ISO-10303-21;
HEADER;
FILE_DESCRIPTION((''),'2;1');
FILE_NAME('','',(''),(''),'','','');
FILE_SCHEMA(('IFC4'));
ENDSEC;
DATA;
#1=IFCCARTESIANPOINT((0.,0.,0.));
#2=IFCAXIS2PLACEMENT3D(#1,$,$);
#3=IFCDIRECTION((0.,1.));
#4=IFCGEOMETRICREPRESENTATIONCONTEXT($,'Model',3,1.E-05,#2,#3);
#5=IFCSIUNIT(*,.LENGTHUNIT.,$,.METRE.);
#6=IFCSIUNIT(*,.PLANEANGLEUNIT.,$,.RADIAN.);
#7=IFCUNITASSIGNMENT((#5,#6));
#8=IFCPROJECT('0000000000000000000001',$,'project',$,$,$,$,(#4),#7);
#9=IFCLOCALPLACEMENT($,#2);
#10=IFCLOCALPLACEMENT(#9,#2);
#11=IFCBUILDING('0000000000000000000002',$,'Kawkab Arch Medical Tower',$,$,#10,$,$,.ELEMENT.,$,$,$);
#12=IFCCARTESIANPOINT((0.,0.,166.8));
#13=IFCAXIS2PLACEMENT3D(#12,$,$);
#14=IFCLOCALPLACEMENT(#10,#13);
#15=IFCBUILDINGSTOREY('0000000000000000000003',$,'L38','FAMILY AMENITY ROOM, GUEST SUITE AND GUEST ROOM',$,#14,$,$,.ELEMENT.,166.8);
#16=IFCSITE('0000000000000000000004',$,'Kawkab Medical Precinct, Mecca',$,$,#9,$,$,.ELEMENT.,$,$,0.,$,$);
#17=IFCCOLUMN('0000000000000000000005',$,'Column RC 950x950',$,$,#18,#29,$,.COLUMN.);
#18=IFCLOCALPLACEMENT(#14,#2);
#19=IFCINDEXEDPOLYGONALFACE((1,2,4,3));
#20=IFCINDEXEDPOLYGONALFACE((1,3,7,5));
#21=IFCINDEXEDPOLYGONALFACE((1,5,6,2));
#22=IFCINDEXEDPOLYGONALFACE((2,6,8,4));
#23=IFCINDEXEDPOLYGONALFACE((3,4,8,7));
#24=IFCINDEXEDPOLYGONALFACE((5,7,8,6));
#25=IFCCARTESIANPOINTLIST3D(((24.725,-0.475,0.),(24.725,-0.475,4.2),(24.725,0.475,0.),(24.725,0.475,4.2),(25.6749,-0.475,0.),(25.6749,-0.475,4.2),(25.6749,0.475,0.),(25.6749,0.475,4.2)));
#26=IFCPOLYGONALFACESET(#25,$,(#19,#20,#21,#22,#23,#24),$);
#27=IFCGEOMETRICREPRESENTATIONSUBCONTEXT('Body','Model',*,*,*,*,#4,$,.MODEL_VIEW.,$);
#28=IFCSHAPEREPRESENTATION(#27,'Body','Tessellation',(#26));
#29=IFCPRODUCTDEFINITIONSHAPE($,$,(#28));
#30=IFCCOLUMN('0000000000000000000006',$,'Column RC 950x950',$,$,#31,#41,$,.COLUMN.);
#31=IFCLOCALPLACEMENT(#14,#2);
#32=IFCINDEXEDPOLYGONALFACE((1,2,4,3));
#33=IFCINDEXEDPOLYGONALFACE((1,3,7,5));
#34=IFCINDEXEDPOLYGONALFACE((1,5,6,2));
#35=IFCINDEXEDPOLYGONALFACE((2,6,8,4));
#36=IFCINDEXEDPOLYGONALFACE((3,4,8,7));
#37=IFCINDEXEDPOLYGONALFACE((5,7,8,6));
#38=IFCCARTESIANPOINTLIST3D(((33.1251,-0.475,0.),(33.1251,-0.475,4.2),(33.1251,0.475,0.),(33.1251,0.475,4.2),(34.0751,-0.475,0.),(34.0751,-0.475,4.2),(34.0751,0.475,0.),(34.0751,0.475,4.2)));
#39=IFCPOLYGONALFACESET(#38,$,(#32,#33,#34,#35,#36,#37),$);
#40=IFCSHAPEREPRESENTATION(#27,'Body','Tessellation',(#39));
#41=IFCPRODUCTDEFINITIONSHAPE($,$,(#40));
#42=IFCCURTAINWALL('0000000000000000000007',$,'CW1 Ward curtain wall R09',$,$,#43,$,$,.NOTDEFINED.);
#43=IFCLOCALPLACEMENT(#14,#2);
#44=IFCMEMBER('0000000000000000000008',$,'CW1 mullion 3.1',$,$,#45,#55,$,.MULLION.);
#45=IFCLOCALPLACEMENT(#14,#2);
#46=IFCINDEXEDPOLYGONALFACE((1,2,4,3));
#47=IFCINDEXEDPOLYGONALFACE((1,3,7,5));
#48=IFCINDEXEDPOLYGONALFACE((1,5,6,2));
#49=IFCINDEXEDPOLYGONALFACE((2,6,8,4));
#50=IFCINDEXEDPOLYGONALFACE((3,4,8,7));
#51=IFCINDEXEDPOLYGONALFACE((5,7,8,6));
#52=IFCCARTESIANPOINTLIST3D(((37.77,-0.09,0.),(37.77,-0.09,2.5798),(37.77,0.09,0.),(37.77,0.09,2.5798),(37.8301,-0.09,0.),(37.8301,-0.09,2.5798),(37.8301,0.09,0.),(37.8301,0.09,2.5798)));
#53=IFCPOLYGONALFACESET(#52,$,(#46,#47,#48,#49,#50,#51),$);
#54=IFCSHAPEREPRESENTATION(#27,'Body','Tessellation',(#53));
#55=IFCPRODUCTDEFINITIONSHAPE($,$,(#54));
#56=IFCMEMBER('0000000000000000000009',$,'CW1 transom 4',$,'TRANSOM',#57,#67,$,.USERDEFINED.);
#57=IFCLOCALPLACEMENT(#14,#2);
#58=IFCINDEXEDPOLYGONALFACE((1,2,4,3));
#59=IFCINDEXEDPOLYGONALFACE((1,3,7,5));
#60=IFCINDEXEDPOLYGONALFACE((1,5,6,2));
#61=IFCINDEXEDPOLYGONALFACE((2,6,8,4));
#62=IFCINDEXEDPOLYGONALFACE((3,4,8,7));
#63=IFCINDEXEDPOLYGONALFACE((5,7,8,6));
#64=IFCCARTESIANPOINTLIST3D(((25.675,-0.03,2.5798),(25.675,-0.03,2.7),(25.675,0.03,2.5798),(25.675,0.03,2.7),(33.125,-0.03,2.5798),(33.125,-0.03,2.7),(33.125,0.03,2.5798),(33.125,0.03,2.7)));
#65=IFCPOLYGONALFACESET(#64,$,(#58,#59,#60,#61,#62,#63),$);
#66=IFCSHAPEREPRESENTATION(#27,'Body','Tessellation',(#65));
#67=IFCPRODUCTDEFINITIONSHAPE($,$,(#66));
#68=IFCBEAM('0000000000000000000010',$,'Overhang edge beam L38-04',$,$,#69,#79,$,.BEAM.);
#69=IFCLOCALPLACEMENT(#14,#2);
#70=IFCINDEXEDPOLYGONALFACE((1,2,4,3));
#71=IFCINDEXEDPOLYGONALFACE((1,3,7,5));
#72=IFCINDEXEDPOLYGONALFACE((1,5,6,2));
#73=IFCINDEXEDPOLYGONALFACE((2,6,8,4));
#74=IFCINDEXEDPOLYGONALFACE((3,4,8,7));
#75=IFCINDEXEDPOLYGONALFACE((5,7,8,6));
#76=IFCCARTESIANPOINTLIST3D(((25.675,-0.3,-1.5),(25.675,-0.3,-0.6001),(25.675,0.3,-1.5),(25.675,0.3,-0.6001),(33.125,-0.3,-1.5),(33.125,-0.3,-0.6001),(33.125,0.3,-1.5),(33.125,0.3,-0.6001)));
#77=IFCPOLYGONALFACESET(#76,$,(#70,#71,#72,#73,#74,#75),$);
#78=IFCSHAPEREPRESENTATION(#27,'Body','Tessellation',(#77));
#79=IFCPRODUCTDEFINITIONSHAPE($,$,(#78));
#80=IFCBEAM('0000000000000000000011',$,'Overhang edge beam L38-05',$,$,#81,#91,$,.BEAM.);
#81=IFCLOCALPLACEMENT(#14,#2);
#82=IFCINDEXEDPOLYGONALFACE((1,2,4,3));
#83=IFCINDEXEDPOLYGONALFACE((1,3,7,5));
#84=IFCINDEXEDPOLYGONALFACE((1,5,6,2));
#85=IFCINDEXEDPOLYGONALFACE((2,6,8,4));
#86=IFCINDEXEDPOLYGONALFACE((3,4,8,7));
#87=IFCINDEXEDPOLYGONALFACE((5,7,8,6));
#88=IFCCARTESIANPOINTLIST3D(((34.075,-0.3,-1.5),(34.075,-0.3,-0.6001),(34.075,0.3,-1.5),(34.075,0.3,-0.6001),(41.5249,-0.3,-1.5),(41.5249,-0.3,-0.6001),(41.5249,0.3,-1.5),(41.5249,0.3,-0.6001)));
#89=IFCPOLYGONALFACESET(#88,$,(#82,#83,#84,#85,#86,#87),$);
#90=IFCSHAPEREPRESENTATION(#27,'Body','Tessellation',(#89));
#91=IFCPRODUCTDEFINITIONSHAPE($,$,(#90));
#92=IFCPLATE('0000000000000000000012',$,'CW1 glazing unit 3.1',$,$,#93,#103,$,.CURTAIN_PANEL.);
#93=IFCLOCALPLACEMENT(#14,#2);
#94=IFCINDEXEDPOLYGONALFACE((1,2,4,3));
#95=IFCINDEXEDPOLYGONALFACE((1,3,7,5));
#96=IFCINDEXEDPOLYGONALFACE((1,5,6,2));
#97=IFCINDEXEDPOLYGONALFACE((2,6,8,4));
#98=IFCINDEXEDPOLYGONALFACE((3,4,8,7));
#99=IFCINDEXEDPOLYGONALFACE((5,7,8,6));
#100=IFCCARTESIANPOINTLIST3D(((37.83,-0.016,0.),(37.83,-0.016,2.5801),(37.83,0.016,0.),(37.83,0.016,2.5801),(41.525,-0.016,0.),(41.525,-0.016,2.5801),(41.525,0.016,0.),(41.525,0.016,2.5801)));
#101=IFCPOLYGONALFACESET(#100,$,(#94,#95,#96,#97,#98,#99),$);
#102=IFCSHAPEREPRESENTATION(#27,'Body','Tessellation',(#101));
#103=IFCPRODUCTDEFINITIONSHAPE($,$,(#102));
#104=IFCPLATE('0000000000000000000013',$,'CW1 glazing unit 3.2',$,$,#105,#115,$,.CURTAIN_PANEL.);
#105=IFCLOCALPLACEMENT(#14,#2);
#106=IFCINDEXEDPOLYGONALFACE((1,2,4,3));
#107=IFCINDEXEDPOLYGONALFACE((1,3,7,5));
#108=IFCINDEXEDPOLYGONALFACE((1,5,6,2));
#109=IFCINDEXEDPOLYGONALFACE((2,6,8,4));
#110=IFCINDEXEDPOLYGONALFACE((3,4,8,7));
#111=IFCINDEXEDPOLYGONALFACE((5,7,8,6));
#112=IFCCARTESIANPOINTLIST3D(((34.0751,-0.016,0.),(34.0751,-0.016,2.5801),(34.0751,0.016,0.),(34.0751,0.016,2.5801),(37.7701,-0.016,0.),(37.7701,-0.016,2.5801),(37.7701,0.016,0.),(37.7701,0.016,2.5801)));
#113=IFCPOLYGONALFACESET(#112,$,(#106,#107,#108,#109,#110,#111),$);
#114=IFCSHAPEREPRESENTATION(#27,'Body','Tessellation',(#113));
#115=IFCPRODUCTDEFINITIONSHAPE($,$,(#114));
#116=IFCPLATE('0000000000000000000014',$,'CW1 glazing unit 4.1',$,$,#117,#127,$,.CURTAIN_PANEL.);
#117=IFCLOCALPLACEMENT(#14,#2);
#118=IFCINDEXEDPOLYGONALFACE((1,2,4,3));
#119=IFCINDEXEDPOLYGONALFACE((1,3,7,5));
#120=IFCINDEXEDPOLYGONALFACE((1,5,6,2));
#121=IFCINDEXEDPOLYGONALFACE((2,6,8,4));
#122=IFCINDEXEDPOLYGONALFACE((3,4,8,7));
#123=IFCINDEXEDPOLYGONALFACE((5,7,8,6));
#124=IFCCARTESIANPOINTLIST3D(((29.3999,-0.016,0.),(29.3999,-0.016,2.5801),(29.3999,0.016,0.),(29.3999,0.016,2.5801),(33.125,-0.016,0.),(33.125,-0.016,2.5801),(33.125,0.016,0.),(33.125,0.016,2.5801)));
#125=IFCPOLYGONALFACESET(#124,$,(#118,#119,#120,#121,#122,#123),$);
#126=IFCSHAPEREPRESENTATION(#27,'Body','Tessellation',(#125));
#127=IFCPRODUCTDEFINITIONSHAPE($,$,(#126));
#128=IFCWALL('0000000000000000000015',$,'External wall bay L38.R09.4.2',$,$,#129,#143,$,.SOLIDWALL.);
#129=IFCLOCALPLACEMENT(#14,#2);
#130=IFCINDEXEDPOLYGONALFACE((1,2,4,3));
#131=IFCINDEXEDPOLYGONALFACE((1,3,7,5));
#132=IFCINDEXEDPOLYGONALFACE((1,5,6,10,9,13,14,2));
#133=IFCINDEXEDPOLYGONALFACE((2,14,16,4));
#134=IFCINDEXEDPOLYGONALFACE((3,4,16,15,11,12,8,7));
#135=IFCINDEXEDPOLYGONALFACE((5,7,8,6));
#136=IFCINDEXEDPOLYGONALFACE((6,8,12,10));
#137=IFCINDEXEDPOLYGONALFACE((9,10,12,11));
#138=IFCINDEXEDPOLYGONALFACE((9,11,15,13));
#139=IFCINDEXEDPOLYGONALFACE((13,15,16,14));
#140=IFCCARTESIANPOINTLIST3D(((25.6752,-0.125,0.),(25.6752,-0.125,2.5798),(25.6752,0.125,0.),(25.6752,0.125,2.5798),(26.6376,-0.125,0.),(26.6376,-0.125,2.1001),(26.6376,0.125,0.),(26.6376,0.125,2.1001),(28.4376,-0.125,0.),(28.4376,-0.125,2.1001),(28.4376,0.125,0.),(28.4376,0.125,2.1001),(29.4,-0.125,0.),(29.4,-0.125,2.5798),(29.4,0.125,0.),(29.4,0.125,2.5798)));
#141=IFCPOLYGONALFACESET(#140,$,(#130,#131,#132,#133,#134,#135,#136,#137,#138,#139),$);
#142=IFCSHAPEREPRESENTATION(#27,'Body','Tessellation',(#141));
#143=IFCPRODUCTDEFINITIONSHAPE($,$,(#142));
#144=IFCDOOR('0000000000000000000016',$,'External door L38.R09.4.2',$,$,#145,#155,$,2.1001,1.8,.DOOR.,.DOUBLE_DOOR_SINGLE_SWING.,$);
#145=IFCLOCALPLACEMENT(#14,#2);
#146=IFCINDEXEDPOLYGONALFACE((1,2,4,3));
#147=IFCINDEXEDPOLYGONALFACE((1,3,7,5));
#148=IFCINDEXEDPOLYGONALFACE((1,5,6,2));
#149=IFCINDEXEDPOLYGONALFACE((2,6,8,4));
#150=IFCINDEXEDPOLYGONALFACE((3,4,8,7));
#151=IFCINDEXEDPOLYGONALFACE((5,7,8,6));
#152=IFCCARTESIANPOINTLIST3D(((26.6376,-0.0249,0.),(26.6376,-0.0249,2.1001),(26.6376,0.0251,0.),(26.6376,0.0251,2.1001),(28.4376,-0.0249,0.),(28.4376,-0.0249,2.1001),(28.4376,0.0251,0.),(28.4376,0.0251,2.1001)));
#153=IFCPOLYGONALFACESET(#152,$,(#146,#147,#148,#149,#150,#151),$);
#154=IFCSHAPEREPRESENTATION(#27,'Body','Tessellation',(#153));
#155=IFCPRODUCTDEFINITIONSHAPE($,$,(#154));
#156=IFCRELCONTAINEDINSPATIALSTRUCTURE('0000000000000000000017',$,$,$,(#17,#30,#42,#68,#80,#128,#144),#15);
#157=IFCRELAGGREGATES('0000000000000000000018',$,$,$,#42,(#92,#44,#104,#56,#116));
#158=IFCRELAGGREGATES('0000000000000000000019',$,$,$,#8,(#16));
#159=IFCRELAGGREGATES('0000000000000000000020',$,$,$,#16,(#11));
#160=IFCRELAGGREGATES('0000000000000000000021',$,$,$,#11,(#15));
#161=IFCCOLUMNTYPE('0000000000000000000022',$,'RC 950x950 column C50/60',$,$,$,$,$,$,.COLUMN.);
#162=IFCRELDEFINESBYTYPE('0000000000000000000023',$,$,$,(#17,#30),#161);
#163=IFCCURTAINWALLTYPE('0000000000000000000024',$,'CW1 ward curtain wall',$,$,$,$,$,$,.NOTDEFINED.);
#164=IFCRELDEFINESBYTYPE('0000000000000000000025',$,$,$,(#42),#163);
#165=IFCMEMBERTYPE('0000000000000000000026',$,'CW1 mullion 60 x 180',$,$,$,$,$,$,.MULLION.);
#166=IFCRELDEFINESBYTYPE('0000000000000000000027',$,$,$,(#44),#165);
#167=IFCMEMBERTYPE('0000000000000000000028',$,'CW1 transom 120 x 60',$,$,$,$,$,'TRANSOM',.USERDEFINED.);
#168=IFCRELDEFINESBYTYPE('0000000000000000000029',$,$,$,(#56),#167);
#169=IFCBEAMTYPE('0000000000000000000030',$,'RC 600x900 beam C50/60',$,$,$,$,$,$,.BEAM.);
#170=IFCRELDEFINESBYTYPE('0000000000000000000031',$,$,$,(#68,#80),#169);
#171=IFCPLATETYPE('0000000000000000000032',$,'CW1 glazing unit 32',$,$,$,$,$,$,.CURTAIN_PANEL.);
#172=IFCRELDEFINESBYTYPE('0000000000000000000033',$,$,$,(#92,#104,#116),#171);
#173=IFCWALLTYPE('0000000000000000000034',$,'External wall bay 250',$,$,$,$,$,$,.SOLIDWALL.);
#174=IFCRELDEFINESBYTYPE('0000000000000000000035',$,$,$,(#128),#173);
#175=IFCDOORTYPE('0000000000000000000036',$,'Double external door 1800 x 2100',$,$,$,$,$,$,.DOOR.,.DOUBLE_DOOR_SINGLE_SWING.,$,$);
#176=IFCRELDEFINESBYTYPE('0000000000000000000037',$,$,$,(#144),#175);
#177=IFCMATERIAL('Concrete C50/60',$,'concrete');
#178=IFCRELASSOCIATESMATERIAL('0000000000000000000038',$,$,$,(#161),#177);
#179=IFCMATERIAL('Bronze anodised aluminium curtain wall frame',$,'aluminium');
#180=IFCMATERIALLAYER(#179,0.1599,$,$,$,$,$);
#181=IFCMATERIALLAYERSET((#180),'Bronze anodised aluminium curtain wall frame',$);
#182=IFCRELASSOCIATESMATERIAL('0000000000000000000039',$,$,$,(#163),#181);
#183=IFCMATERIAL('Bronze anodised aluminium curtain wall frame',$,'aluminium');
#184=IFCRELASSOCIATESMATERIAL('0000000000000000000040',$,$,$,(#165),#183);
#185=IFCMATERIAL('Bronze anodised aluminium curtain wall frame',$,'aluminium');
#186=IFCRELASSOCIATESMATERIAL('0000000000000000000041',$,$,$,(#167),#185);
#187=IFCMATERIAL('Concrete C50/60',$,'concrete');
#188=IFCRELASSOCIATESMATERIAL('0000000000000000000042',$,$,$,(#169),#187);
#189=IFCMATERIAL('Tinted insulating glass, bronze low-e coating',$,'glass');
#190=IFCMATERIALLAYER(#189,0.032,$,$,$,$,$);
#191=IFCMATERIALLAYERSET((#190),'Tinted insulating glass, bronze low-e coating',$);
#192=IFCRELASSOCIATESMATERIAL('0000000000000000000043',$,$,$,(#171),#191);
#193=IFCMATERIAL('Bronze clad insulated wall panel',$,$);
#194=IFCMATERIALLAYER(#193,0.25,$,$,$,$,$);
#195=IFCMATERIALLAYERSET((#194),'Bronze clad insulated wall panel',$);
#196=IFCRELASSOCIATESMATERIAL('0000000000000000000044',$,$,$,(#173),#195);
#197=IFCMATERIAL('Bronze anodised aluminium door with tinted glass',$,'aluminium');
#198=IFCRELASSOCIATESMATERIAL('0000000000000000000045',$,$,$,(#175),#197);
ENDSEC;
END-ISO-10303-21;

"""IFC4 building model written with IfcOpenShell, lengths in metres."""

from ifc_helpers import new_model, si_unit, direction, frame, frame_2d, origin, origin_2d, place, context, subcontext, project, spatial, rectangle, extrude, material, layer, layer_set, material_profile, profile_set, type_object, element, fill, aggregate, save


model = new_model("IFC4")

# Units and contexts
model_context = context("Model", 3, precision=1e-05, world=origin(), true_north=direction((0.0, 1.0)))
body_context = subcontext(model_context, "Body", "Model", "MODEL_VIEW")
ifc_project = project(units=[si_unit("LENGTHUNIT", "METRE"), si_unit("PLANEANGLEUNIT", "RADIAN")], contexts=[model_context])

# Site, building, storey
site_placement = place(None, origin())
site = spatial("IfcSite", under=ifc_project, at=site_placement, Name="Kawkab Medical Precinct, Mecca", CompositionType="ELEMENT", RefElevation=0.0)
building_placement = place(site_placement, origin())
building = spatial("IfcBuilding", under=site, at=building_placement, Name="Kawkab Arch Medical Tower", CompositionType="ELEMENT")
storey_placement = place(building_placement, frame((0.0, 0.0, 166.8)))
storey = spatial("IfcBuildingStorey", under=building, at=storey_placement, Name="L38", Description="FAMILY AMENITY ROOM, GUEST SUITE AND GUEST ROOM", CompositionType="ELEMENT", Elevation=166.8)

# Columns
ifc_material_1 = material(Name="Concrete C50/60", Category="concrete")
ifc_material_profile_1 = material_profile(ifc_material_1, rectangle(XDim=0.95, YDim=0.95, at=origin_2d()), Name="RC 950x950")
ifc_profile_set_1 = profile_set([ifc_material_profile_1], Name="Concrete C50/60")
column_type = type_object("IfcColumnType", Name="RC 950x950 column C50/60", PredefinedType="COLUMN", material=ifc_profile_set_1)
for number, where, z_axis, x_axis, name in (
    (1, (25.2, 0.0, 0.0), (0.0, 0.0, 1.0), (1.0, 0.0, 0.0), "Column RC 950x950"),
    (2, (33.6001, 0.0, 0.0), (0.0, 0.0, 1.0), (1.0, 0.0, 0.0), "Column RC 950x950"),
):
    element("IfcColumn", number, at=place(storey_placement, frame(where, z_axis=z_axis, x_axis=x_axis)), inside=storey, type_object=column_type, Name=name, PredefinedType="COLUMN", context=body_context, shape_type="SweptSolid", body=[
        extrude(rectangle(XDim=0.95, YDim=0.95, at=origin_2d()), origin(), (0.0, 0.0, 1.0), 4.2),
    ])

# Curtain wall, members
ifc_material_2 = material(Name="Bronze anodised aluminium curtain wall frame", Category="aluminium")
ifc_layer_1 = layer(ifc_material_2, 0.1599)
ifc_layer_set_1 = layer_set([ifc_layer_1], Name="Bronze anodised aluminium curtain wall frame")
curtain_wall_type = type_object("IfcCurtainWallType", Name="CW1 ward curtain wall", PredefinedType="NOTDEFINED", material=ifc_layer_set_1)
curtain_wall_placement = place(storey_placement, origin())
curtain_wall = element("IfcCurtainWall", 3, at=curtain_wall_placement, inside=storey, type_object=curtain_wall_type, Name="CW1 Ward curtain wall R09", PredefinedType="NOTDEFINED")
ifc_material_3 = material(Name="Bronze anodised aluminium curtain wall frame", Category="aluminium")
ifc_material_profile_2 = material_profile(ifc_material_3, rectangle(XDim=0.1799, YDim=0.0601, at=origin_2d()), Name="AL 60x180")
ifc_profile_set_2 = profile_set([ifc_material_profile_2], Name="Bronze anodised aluminium curtain wall frame")
member_type_1 = type_object("IfcMemberType", Name="CW1 mullion 60 x 180", PredefinedType="MULLION", material=ifc_profile_set_2)
member_1_placement = place(storey_placement, frame((37.8, 0.0, 0.0), z_axis=(0.0, 0.0, 1.0), x_axis=(0.0, -1.0, 0.0)))
member_1 = element("IfcMember", 4, at=member_1_placement, type_object=member_type_1, Name="CW1 mullion 3.1", PredefinedType="MULLION", context=body_context, shape_type="SweptSolid", body=[
    extrude(rectangle(XDim=0.1799, YDim=0.0601, at=origin_2d()), origin(), (0.0, 0.0, 1.0), 2.5798),
])
ifc_material_4 = material(Name="Bronze anodised aluminium curtain wall frame", Category="aluminium")
ifc_material_profile_3 = material_profile(ifc_material_4, rectangle(XDim=0.0601, YDim=0.1201, at=origin_2d()), Name="AL 60x120")
ifc_profile_set_3 = profile_set([ifc_material_profile_3], Name="Bronze anodised aluminium curtain wall frame")
member_type_2 = type_object("IfcMemberType", Name="CW1 transom 120 x 60", ElementType="TRANSOM", PredefinedType="USERDEFINED", material=ifc_profile_set_3)
member_2_placement = place(storey_placement, frame((33.125, 0.0, 2.6399), z_axis=(-1.0, 0.0, 0.0), x_axis=(0.0, -1.0, 0.0)))
member_2 = element("IfcMember", 5, at=member_2_placement, type_object=member_type_2, Name="CW1 transom 4", ObjectType="TRANSOM", PredefinedType="USERDEFINED", context=body_context, shape_type="SweptSolid", body=[
    extrude(rectangle(XDim=0.0601, YDim=0.1201, at=origin_2d()), origin(), (0.0, 0.0, 1.0), 7.45),
])

# Beams
ifc_material_5 = material(Name="Concrete C50/60", Category="concrete")
ifc_material_profile_4 = material_profile(ifc_material_5, rectangle(XDim=0.6001, YDim=0.8999, at=origin_2d()), Name="RC 600x900")
ifc_profile_set_4 = profile_set([ifc_material_profile_4], Name="Concrete C50/60")
beam_type = type_object("IfcBeamType", Name="RC 600x900 beam C50/60", PredefinedType="BEAM", material=ifc_profile_set_4)
for number, where, z_axis, x_axis, name in (
    (6, (25.675, 0.0, -1.05), (1.0, 0.0, 0.0), (0.0, 1.0, 0.0), "Overhang edge beam L38-04"),
    (7, (34.075, 0.0, -1.05), (1.0, 0.0, 0.0), (0.0, 1.0, 0.0), "Overhang edge beam L38-05"),
):
    element("IfcBeam", number, at=place(storey_placement, frame(where, z_axis=z_axis, x_axis=x_axis)), inside=storey, type_object=beam_type, Name=name, PredefinedType="BEAM", context=body_context, shape_type="SweptSolid", body=[
        extrude(rectangle(XDim=0.6001, YDim=0.8999, at=origin_2d()), origin(), (0.0, 0.0, 1.0), 7.45),
    ])

# Plates
ifc_material_6 = material(Name="Tinted insulating glass, bronze low-e coating", Category="glass")
ifc_layer_2 = layer(ifc_material_6, 0.032)
ifc_layer_set_2 = layer_set([ifc_layer_2], Name="Tinted insulating glass, bronze low-e coating")
plate_type = type_object("IfcPlateType", Name="CW1 glazing unit 32", PredefinedType="CURTAIN_PANEL", material=ifc_layer_set_2)
plate_1_placement = place(storey_placement, frame((39.6775, 0.0, 0.0), z_axis=(0.0, 0.0, 1.0), x_axis=(-1.0, 0.0, 0.0)))
plate_1 = element("IfcPlate", 8, at=plate_1_placement, type_object=plate_type, Name="CW1 glazing unit 3.1", PredefinedType="CURTAIN_PANEL", context=body_context, shape_type="SweptSolid", body=[
    extrude(rectangle(XDim=3.6951, YDim=0.032, at=origin_2d()), origin(), (0.0, 0.0, 1.0), 2.5801),
])
plate_2_placement = place(storey_placement, frame((35.9226, 0.0, 0.0), z_axis=(0.0, 0.0, 1.0), x_axis=(-1.0, 0.0, 0.0)))
plate_2 = element("IfcPlate", 9, at=plate_2_placement, type_object=plate_type, Name="CW1 glazing unit 3.2", PredefinedType="CURTAIN_PANEL", context=body_context, shape_type="SweptSolid", body=[
    extrude(rectangle(XDim=3.6951, YDim=0.032, at=origin_2d()), origin(), (0.0, 0.0, 1.0), 2.5801),
])
plate_3_placement = place(storey_placement, frame((31.2625, 0.0, 0.0), z_axis=(0.0, 0.0, 1.0), x_axis=(-1.0, 0.0, 0.0)))
plate_3 = element("IfcPlate", 10, at=plate_3_placement, type_object=plate_type, Name="CW1 glazing unit 4.1", PredefinedType="CURTAIN_PANEL", context=body_context, shape_type="SweptSolid", body=[
    extrude(rectangle(XDim=3.7251, YDim=0.032, at=origin_2d()), origin(), (0.0, 0.0, 1.0), 2.5801),
])
aggregate(curtain_wall, [plate_1, member_1, plate_2, member_2, plate_3])

# Wall, opening, door
ifc_material_7 = material(Name="Bronze clad insulated wall panel")
ifc_layer_3 = layer(ifc_material_7, 0.25)
ifc_layer_set_3 = layer_set([ifc_layer_3], Name="Bronze clad insulated wall panel")
wall_type = type_object("IfcWallType", Name="External wall bay 250", PredefinedType="SOLIDWALL", material=ifc_layer_set_3)
wall_placement = place(storey_placement, frame((29.3999, 0.0, 0.0), z_axis=(0.0, 0.0, 1.0), x_axis=(-1.0, 0.0, 0.0)))
wall = element("IfcWall", 11, at=wall_placement, inside=storey, type_object=wall_type, Name="External wall bay L38.R09.4.2", PredefinedType="SOLIDWALL", context=body_context, shape_type="SweptSolid", body=[
    extrude(rectangle(XDim=3.7249, YDim=0.25, at=frame_2d((1.8623, 0.0))), origin(), (0.0, 0.0, 1.0), 2.5798),
])
opening_placement = place(wall_placement, frame((0.9624, 0.0, 0.0)))
opening = element("IfcOpeningElement", 12, at=opening_placement, cuts=wall, PredefinedType="OPENING", context=body_context, shape_type="SweptSolid", body=[
    extrude(rectangle(XDim=1.8, YDim=2.1001, at=frame_2d((0.8999, 1.05))), frame((0.0, 0.135, 0.0), z_axis=(0.0, -1.0, 0.0), x_axis=(1.0, 0.0, 0.0)), (0.0, 0.0, 1.0), 0.27),
])
ifc_material_8 = material(Name="Bronze anodised aluminium door with tinted glass", Category="aluminium")
door_type = type_object("IfcDoorType", Name="Double external door 1800 x 2100", OperationType="DOUBLE_DOOR_SINGLE_SWING", PredefinedType="DOOR", material=ifc_material_8)
door_placement = place(opening_placement, origin())
door = element("IfcDoor", 13, at=door_placement, inside=storey, type_object=door_type, Name="External door L38.R09.4.2", OperationType="DOUBLE_DOOR_SINGLE_SWING", OverallHeight=2.1001, OverallWidth=1.8, PredefinedType="DOOR", context=body_context, shape_type="SweptSolid", body=[
    extrude(rectangle(XDim=1.8, YDim=2.1001, at=frame_2d((0.8999, 1.05))), frame((0.0, 0.0249, 0.0), z_axis=(0.0, -1.0, 0.0), x_axis=(1.0, 0.0, 0.0)), (0.0, 0.0, 1.0), 0.05),
])
fill(opening, door)

save(model, "model.ifc")
